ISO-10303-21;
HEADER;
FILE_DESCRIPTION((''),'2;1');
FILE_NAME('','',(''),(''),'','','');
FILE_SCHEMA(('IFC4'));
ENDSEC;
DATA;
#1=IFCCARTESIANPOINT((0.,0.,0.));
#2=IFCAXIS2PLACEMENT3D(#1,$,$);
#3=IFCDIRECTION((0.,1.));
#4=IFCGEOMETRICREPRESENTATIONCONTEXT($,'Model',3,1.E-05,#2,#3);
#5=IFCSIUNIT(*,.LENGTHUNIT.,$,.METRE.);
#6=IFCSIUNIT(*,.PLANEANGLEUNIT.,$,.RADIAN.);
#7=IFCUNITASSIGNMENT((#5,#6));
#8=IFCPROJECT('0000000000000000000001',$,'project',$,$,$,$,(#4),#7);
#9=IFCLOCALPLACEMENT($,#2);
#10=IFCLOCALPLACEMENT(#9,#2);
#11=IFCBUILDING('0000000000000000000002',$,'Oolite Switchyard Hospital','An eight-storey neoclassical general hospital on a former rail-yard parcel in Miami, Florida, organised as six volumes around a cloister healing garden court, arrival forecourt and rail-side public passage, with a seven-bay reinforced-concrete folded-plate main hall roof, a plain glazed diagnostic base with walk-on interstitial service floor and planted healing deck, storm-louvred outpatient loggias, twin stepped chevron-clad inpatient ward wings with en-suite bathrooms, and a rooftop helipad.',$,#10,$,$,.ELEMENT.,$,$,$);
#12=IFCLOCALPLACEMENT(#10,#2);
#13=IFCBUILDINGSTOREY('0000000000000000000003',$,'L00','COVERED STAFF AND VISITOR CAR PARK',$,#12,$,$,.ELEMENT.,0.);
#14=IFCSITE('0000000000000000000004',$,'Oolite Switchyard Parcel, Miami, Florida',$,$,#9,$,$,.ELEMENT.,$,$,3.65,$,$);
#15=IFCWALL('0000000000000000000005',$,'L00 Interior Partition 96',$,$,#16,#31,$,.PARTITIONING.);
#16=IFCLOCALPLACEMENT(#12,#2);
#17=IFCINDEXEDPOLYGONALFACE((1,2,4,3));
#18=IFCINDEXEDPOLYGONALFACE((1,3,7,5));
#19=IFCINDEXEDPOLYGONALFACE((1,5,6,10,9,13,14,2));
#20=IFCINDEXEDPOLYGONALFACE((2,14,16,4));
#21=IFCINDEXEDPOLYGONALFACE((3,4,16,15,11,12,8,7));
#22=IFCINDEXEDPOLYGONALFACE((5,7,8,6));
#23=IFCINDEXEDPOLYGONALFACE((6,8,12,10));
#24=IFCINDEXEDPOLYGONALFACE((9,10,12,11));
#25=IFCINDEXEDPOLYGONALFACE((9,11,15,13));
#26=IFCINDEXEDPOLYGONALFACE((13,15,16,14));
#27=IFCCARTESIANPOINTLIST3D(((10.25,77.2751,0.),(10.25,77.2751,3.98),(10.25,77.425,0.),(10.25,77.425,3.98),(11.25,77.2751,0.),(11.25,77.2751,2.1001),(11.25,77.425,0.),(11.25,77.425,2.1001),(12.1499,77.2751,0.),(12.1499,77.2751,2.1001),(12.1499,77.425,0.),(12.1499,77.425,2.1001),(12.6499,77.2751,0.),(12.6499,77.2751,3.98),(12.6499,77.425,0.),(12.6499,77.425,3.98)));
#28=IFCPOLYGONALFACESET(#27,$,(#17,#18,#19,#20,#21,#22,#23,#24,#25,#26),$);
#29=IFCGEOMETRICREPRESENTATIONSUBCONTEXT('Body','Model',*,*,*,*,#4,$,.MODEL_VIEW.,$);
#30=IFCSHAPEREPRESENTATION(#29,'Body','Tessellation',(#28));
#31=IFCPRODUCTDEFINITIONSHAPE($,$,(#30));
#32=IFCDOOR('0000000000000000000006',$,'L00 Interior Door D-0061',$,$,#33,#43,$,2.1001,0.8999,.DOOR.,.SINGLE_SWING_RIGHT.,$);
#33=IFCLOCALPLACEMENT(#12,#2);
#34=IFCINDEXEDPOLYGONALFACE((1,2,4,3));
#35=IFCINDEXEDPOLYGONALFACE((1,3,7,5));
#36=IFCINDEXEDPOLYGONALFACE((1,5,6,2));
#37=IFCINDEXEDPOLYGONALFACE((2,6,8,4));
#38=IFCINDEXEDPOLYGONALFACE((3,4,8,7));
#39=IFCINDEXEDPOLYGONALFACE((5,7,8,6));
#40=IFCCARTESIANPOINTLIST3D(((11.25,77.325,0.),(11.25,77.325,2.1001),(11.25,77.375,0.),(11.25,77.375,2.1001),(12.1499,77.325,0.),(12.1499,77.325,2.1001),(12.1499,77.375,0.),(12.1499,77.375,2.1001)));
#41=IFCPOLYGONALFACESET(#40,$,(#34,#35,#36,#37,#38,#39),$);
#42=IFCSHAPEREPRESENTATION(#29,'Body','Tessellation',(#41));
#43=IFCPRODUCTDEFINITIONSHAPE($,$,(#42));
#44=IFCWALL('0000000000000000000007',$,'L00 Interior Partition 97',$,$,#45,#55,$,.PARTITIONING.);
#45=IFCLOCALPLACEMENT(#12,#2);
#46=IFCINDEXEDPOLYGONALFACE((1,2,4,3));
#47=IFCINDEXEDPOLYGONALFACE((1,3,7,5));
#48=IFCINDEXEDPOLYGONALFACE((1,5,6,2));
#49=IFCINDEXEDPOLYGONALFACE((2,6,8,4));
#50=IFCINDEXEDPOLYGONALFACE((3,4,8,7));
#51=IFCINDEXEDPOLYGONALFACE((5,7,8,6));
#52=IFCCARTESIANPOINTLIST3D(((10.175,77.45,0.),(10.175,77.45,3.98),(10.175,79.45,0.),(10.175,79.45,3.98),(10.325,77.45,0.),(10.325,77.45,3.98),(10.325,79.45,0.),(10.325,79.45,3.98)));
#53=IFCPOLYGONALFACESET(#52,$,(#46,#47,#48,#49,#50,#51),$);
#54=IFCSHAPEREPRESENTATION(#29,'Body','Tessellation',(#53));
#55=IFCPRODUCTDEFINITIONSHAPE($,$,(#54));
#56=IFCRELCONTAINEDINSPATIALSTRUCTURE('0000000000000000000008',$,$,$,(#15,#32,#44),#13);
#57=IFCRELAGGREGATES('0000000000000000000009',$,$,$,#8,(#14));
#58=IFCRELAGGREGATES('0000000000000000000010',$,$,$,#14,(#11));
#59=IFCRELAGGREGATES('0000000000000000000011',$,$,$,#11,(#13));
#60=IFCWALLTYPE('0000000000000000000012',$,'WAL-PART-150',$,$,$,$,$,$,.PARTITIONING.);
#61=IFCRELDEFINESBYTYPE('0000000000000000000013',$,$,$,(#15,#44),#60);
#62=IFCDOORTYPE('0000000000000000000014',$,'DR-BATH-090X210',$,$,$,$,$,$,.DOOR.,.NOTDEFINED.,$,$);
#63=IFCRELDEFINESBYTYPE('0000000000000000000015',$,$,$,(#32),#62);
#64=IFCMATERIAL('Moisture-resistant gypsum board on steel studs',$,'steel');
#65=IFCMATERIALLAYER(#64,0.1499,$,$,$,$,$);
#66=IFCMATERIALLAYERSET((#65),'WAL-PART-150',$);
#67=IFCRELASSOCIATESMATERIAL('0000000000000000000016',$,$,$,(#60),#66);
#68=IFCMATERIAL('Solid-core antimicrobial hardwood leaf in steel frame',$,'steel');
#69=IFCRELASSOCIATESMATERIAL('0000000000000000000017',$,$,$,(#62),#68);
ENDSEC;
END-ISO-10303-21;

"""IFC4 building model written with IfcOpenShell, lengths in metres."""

from ifc_helpers import new_model, si_unit, direction, frame, frame_2d, origin, place, context, subcontext, project, spatial, rectangle, extrude, material, layer, layer_set, type_object, element, fill, save


model = new_model("IFC4")

# Units and contexts
model_context = context("Model", 3, precision=1e-05, world=origin(), true_north=direction((0.0, 1.0)))
body_context = subcontext(model_context, "Body", "Model", "MODEL_VIEW")
ifc_project = project(units=[si_unit("LENGTHUNIT", "METRE"), si_unit("PLANEANGLEUNIT", "RADIAN")], contexts=[model_context])

# Site, building, storey
site_placement = place(None, origin())
site = spatial("IfcSite", under=ifc_project, at=site_placement, Name="Oolite Switchyard Parcel, Miami, Florida", CompositionType="ELEMENT", RefElevation=3.65)
building_placement = place(site_placement, origin())
building = spatial("IfcBuilding", under=site, at=building_placement, Name="Oolite Switchyard Hospital", Description="An eight-storey neoclassical general hospital on a former rail-yard parcel in Miami, Florida, organised as six volumes around a cloister healing garden court, arrival forecourt and rail-side public passage, with a seven-bay reinforced-concrete folded-plate main hall roof, a plain glazed diagnostic base with walk-on interstitial service floor and planted healing deck, storm-louvred outpatient loggias, twin stepped chevron-clad inpatient ward wings with en-suite bathrooms, and a rooftop helipad.", CompositionType="ELEMENT")
storey_placement = place(building_placement, origin())
storey = spatial("IfcBuildingStorey", under=building, at=storey_placement, Name="L00", Description="COVERED STAFF AND VISITOR CAR PARK", CompositionType="ELEMENT", Elevation=0.0)

# Wall, opening, door
ifc_material_1 = material(Name="Moisture-resistant gypsum board on steel studs", Category="steel")
ifc_layer_1 = layer(ifc_material_1, 0.1499)
ifc_layer_set_1 = layer_set([ifc_layer_1], Name="WAL-PART-150")
wall_type_1 = type_object("IfcWallType", Name="WAL-PART-150", PredefinedType="PARTITIONING", material=ifc_layer_set_1)
wall_1_placement = place(storey_placement, frame((10.25, 77.3501, 0.0), z_axis=(0.0, 0.0, 1.0), x_axis=(1.0, 0.0, 0.0)))
wall_1 = element("IfcWall", 1, at=wall_1_placement, inside=storey, type_object=wall_type_1, Name="L00 Interior Partition 96", PredefinedType="PARTITIONING", context=body_context, shape_type="SweptSolid", body=[
    extrude(rectangle(XDim=2.3999, YDim=0.1499, at=frame_2d((1.2, 0.0))), origin(), (0.0, 0.0, 1.0), 3.98),
])
opening_placement = place(wall_1_placement, frame((1.0, 0.0, 0.0)))
opening = element("IfcOpeningElement", 2, at=opening_placement, cuts=wall_1, PredefinedType="OPENING", context=body_context, shape_type="SweptSolid", body=[
    extrude(rectangle(XDim=0.8999, YDim=2.1001, at=frame_2d((0.45, 1.05))), frame((0.0, 0.085, 0.0), z_axis=(0.0, -1.0, 0.0), x_axis=(1.0, 0.0, 0.0)), (0.0, 0.0, 1.0), 0.1699),
])
ifc_material_2 = material(Name="Solid-core antimicrobial hardwood leaf in steel frame", Category="steel")
door_type = type_object("IfcDoorType", Name="DR-BATH-090X210", OperationType="NOTDEFINED", PredefinedType="DOOR", material=ifc_material_2)
door_placement = place(opening_placement, origin())
door = element("IfcDoor", 3, at=door_placement, inside=storey, type_object=door_type, Name="L00 Interior Door D-0061", OperationType="SINGLE_SWING_RIGHT", OverallHeight=2.1001, OverallWidth=0.8999, PredefinedType="DOOR", context=body_context, shape_type="SweptSolid", body=[
    extrude(rectangle(XDim=0.8999, YDim=2.1001, at=frame_2d((0.45, 1.05))), frame((0.0, 0.0249, 0.0), z_axis=(0.0, -1.0, 0.0), x_axis=(1.0, 0.0, 0.0)), (0.0, 0.0, 1.0), 0.05),
])
fill(opening, door)

# Wall
wall_2_placement = place(storey_placement, frame((10.25, 77.45, 0.0), z_axis=(0.0, 0.0, 1.0), x_axis=(0.0, 1.0, 0.0)))
element("IfcWall", 4, at=wall_2_placement, inside=storey, type_object=wall_type_1, Name="L00 Interior Partition 97", PredefinedType="PARTITIONING", context=body_context, shape_type="SweptSolid", body=[
    extrude(rectangle(XDim=2.0, YDim=0.1499, at=frame_2d((1.0, 0.0))), origin(), (0.0, 0.0, 1.0), 3.98),
])

save(model, "model.ifc")
